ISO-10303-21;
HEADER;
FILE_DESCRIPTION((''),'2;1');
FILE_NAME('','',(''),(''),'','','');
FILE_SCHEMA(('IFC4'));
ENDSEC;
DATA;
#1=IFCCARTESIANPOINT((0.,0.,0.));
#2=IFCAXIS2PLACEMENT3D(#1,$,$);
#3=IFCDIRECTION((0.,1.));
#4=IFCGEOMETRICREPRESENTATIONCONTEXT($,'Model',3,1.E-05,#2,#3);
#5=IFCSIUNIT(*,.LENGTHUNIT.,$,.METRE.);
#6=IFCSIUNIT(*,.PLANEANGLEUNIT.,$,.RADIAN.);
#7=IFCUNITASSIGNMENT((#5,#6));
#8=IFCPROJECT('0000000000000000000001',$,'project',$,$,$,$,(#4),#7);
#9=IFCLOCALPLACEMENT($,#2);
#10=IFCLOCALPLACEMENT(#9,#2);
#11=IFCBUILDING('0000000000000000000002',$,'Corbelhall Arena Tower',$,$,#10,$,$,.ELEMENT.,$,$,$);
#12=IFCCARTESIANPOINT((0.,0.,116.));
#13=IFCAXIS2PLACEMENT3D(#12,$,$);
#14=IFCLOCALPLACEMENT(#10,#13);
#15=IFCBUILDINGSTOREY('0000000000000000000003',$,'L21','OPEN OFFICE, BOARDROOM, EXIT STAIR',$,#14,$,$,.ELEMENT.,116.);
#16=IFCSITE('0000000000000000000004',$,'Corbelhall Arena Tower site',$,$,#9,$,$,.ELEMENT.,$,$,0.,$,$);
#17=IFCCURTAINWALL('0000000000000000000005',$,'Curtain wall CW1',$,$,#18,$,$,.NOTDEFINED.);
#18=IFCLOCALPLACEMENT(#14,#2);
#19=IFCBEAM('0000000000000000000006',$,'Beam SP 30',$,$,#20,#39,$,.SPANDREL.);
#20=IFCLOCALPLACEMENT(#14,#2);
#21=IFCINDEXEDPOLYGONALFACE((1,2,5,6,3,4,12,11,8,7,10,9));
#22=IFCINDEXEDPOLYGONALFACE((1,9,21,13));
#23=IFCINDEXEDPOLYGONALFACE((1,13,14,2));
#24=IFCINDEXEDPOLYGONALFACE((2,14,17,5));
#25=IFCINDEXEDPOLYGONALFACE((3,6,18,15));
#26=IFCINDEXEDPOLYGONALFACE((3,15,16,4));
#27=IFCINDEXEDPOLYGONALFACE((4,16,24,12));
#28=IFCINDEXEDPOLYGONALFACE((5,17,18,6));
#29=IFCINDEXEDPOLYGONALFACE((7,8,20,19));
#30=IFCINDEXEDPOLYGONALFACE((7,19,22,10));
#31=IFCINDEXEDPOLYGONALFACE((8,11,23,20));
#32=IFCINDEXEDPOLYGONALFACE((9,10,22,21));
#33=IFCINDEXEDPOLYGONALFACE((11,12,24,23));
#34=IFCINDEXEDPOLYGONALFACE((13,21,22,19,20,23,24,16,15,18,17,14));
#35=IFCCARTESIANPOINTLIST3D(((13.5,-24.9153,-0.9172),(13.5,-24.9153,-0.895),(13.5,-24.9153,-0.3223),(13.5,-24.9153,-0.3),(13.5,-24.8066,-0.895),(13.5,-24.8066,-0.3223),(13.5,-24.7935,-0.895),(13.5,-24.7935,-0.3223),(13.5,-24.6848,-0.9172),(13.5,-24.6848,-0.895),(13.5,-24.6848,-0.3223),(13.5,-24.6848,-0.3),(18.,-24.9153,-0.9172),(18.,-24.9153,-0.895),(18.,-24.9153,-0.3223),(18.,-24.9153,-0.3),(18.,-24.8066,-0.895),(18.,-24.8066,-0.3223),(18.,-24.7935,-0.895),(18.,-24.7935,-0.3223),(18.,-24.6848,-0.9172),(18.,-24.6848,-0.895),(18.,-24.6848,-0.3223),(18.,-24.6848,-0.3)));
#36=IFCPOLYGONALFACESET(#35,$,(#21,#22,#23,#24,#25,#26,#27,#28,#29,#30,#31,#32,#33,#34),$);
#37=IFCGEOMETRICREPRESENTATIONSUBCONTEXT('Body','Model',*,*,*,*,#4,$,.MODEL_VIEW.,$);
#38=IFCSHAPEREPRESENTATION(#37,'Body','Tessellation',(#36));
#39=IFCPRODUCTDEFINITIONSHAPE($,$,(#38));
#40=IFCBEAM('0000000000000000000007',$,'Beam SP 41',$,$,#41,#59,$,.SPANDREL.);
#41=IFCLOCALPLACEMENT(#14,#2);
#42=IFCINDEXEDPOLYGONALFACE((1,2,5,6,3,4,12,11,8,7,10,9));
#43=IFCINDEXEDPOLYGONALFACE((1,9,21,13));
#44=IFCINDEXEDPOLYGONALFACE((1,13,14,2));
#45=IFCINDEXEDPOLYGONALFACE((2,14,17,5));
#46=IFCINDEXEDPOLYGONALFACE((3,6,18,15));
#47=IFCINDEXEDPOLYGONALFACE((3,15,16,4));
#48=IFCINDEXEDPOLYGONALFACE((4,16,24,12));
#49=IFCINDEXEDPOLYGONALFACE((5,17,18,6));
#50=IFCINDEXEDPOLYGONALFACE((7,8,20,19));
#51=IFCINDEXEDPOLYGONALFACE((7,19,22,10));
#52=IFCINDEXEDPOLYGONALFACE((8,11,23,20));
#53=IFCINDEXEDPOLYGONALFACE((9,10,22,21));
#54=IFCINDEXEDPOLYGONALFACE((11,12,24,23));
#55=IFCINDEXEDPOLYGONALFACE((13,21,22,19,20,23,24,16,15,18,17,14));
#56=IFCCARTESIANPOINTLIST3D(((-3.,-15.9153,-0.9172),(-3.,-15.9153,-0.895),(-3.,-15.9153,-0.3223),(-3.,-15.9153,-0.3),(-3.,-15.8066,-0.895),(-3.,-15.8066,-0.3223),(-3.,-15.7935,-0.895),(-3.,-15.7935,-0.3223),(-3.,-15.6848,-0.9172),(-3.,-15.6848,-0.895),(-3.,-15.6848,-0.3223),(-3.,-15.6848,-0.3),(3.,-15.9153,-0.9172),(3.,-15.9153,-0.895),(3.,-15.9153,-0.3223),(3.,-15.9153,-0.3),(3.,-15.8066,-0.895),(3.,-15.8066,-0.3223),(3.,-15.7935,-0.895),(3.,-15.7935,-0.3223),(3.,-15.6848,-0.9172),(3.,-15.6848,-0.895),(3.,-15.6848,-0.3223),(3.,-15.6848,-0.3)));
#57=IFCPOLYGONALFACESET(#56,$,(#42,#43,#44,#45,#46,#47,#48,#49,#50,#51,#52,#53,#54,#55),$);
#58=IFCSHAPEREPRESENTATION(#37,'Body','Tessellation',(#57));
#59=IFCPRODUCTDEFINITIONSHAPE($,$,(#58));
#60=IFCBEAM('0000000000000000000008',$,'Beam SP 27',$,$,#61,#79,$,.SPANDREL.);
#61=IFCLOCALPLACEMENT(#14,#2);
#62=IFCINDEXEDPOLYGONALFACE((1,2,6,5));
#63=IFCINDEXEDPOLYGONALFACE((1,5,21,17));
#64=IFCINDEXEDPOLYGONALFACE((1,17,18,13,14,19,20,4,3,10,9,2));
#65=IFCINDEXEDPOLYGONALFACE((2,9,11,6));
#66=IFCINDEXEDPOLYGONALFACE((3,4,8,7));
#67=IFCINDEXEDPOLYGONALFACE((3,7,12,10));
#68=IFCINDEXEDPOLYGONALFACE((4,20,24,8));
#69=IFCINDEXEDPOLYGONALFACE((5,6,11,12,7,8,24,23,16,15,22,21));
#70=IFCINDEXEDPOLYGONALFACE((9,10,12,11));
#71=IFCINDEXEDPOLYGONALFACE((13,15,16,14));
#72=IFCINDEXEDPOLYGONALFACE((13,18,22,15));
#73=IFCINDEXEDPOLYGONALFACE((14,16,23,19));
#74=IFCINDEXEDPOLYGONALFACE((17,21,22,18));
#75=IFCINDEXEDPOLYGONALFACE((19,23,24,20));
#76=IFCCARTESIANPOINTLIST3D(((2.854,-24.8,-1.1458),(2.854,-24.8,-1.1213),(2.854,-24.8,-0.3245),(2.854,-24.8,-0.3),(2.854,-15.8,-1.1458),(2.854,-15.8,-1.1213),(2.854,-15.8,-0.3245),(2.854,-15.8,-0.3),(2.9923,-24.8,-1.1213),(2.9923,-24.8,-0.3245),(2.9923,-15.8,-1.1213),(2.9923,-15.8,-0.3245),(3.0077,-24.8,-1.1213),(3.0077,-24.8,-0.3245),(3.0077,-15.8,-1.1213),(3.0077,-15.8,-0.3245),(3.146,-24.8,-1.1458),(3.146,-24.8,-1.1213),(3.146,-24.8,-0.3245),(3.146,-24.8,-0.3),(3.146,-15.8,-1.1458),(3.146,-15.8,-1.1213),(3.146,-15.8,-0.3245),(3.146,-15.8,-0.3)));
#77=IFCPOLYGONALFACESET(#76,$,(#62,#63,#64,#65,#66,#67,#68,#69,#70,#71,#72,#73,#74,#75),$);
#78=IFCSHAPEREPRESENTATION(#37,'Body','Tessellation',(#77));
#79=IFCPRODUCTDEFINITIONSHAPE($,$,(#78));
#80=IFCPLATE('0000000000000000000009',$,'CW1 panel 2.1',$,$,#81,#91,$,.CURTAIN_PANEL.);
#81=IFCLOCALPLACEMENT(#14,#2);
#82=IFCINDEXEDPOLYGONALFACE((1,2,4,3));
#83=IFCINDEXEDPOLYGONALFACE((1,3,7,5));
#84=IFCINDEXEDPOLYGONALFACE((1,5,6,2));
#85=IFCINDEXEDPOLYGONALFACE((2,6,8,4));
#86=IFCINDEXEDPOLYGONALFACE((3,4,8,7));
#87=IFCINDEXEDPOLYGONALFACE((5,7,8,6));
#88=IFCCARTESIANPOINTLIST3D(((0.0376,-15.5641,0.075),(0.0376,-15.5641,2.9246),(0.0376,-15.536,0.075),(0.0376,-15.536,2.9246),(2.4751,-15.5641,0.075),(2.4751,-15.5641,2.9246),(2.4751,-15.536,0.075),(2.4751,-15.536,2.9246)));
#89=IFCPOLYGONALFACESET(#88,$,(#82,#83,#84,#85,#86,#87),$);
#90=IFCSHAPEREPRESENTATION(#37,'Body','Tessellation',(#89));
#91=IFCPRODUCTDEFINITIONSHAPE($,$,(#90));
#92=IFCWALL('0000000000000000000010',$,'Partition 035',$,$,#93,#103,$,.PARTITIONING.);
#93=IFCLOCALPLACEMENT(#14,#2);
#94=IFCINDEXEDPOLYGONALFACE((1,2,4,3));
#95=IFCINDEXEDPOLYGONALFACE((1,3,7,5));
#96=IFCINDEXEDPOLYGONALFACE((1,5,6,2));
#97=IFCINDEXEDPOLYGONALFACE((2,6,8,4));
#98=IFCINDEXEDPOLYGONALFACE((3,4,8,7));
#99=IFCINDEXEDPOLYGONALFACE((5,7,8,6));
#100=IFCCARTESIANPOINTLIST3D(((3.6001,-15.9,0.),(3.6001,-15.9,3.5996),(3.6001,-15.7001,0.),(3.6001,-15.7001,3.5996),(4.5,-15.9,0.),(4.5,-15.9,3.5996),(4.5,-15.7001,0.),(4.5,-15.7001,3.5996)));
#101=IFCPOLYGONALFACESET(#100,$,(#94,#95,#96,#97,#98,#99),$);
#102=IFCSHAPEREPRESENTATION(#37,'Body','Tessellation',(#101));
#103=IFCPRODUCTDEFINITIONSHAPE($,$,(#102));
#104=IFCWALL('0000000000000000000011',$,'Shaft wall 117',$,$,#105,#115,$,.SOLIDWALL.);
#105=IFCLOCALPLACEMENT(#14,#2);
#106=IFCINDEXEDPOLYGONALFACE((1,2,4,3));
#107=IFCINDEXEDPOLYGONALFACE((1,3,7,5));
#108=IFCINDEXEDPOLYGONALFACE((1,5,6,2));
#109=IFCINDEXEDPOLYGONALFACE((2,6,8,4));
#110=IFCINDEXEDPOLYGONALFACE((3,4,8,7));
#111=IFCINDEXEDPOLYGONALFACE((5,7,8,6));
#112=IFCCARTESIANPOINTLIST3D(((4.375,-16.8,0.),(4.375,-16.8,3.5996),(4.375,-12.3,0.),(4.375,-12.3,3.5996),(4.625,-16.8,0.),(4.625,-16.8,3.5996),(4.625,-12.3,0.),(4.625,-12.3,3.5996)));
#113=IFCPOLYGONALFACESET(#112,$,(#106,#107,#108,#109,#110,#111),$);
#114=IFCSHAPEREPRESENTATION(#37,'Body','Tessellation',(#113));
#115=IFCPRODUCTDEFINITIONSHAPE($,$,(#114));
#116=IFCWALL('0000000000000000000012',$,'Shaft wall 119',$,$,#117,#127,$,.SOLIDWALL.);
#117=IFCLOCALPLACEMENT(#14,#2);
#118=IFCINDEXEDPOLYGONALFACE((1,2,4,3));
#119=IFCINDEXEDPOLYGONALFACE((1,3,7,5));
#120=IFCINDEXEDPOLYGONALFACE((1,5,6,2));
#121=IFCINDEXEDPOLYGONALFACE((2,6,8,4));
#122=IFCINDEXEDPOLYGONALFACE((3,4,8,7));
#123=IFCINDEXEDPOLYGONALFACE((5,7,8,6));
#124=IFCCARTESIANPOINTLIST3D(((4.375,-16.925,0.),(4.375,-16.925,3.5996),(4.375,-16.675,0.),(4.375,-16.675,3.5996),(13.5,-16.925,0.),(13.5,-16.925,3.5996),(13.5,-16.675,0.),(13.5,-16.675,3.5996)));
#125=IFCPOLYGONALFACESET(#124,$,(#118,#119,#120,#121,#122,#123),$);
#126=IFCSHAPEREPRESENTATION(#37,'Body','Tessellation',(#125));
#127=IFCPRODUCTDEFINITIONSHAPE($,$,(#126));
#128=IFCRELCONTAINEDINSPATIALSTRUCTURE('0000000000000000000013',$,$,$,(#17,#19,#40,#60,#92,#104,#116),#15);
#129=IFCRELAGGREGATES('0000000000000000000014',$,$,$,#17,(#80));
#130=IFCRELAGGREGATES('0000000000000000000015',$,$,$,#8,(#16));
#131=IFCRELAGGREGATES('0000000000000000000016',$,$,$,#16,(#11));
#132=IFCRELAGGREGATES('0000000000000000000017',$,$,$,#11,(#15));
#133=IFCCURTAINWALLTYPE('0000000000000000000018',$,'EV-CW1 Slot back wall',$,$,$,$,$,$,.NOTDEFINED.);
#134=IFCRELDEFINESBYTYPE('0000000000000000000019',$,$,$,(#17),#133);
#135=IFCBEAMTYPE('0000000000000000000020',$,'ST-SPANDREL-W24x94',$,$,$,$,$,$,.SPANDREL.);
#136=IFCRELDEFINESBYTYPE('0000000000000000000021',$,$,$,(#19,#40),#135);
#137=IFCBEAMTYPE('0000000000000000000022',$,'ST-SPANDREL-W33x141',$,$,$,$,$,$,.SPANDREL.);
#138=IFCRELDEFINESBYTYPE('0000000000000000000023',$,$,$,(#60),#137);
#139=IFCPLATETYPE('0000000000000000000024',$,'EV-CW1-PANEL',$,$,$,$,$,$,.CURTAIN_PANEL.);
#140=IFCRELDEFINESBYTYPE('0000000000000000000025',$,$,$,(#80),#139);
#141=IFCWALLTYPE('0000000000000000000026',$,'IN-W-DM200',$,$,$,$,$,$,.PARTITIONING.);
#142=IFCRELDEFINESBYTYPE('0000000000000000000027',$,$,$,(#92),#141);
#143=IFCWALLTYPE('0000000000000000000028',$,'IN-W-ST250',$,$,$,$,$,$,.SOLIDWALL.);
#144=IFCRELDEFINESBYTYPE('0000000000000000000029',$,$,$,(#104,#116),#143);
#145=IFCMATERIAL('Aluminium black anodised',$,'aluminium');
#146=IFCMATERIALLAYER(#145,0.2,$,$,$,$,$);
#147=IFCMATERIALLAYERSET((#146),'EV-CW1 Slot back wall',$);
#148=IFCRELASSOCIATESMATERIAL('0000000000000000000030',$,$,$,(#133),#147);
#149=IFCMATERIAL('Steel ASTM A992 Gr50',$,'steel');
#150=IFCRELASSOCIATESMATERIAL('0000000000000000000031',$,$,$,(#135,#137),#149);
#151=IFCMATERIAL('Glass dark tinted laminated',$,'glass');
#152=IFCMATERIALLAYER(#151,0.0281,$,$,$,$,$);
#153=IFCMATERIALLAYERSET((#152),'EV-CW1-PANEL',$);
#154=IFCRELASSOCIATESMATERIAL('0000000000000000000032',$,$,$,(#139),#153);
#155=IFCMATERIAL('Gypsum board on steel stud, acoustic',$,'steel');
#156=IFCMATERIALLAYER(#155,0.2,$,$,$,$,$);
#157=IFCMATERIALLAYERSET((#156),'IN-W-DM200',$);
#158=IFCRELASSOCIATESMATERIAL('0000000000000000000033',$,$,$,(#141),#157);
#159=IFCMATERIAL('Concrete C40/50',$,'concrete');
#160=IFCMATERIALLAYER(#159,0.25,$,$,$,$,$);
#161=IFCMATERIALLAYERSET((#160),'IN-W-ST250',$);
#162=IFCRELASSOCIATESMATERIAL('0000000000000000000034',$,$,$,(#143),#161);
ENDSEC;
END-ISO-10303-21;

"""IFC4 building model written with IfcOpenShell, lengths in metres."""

from ifc_helpers import new_model, si_unit, direction, frame, frame_2d, origin, origin_2d, place, context, subcontext, project, spatial, rectangle, i_section, extrude, material, layer, layer_set, material_profile, profile_set, type_object, element, aggregate, save


model = new_model("IFC4")

# Units and contexts
model_context = context("Model", 3, precision=1e-05, world=origin(), true_north=direction((0.0, 1.0)))
body_context = subcontext(model_context, "Body", "Model", "MODEL_VIEW")
ifc_project = project(units=[si_unit("LENGTHUNIT", "METRE"), si_unit("PLANEANGLEUNIT", "RADIAN")], contexts=[model_context])

# Site, building, storey
site_placement = place(None, origin())
site = spatial("IfcSite", under=ifc_project, at=site_placement, Name="Corbelhall Arena Tower site", CompositionType="ELEMENT", RefElevation=0.0)
building_placement = place(site_placement, origin())
building = spatial("IfcBuilding", under=site, at=building_placement, Name="Corbelhall Arena Tower", CompositionType="ELEMENT")
storey_placement = place(building_placement, frame((0.0, 0.0, 116.0)))
storey = spatial("IfcBuildingStorey", under=building, at=storey_placement, Name="L21", Description="OPEN OFFICE, BOARDROOM, EXIT STAIR", CompositionType="ELEMENT", Elevation=116.0)

# Curtain wall
ifc_material_1 = material(Name="Aluminium black anodised", Category="aluminium")
ifc_layer_1 = layer(ifc_material_1, 0.2)
ifc_layer_set_1 = layer_set([ifc_layer_1], Name="EV-CW1 Slot back wall")
curtain_wall_type = type_object("IfcCurtainWallType", Name="EV-CW1 Slot back wall", PredefinedType="NOTDEFINED", material=ifc_layer_set_1)
curtain_wall_placement = place(storey_placement, origin())
curtain_wall = element("IfcCurtainWall", 1, at=curtain_wall_placement, inside=storey, type_object=curtain_wall_type, Name="Curtain wall CW1", PredefinedType="NOTDEFINED")

# Beams
ifc_material_2 = material(Name="Steel ASTM A992 Gr50", Category="steel")
ifc_material_profile_1 = material_profile(ifc_material_2, i_section(OverallWidth=0.2305, OverallDepth=0.6172, WebThickness=0.0132, FlangeThickness=0.0222, at=origin_2d()))
ifc_profile_set_1 = profile_set([ifc_material_profile_1], Name="Steel ASTM A992 Gr50")
beam_type_1 = type_object("IfcBeamType", Name="ST-SPANDREL-W24x94", PredefinedType="SPANDREL", material=ifc_profile_set_1)
for number, where, z_axis, x_axis, name in (
    (2, (18.0, -24.8, -0.6086), (-1.0, 0.0, 0.0), (0.0, -1.0, 0.0), "Beam SP 30"),
):
    element("IfcBeam", number, at=place(storey_placement, frame(where, z_axis=z_axis, x_axis=x_axis)), inside=storey, type_object=beam_type_1, Name=name, PredefinedType="SPANDREL", context=body_context, shape_type="SweptSolid", body=[
        extrude(i_section(OverallWidth=0.2305, OverallDepth=0.6172, WebThickness=0.0132, FlangeThickness=0.0222, at=origin_2d()), origin(), (0.0, 0.0, 1.0), 4.5),
    ])
beam_1_placement = place(storey_placement, frame((3.0, -15.8, -0.6086), z_axis=(-1.0, 0.0, 0.0), x_axis=(0.0, -1.0, 0.0)))
element("IfcBeam", 3, at=beam_1_placement, inside=storey, type_object=beam_type_1, Name="Beam SP 41", PredefinedType="SPANDREL", context=body_context, shape_type="SweptSolid", body=[
    extrude(i_section(OverallWidth=0.2305, OverallDepth=0.6172, WebThickness=0.0132, FlangeThickness=0.0222, at=origin_2d()), origin(), (0.0, 0.0, 1.0), 6.0),
])
ifc_material_profile_2 = material_profile(ifc_material_2, i_section(OverallWidth=0.292, OverallDepth=0.8457, WebThickness=0.0154, FlangeThickness=0.0244, at=origin_2d()))
ifc_profile_set_2 = profile_set([ifc_material_profile_2], Name="Steel ASTM A992 Gr50")
beam_type_2 = type_object("IfcBeamType", Name="ST-SPANDREL-W33x141", PredefinedType="SPANDREL", material=ifc_profile_set_2)
beam_2_placement = place(storey_placement, frame((3.0, -24.8, -0.7229), z_axis=(0.0, 1.0, 0.0), x_axis=(-1.0, 0.0, 0.0)))
element("IfcBeam", 4, at=beam_2_placement, inside=storey, type_object=beam_type_2, Name="Beam SP 27", PredefinedType="SPANDREL", context=body_context, shape_type="SweptSolid", body=[
    extrude(i_section(OverallWidth=0.292, OverallDepth=0.8457, WebThickness=0.0154, FlangeThickness=0.0244, at=origin_2d()), origin(), (0.0, 0.0, 1.0), 9.0),
])

# Plate
ifc_material_3 = material(Name="Glass dark tinted laminated", Category="glass")
ifc_layer_2 = layer(ifc_material_3, 0.0281)
ifc_layer_set_2 = layer_set([ifc_layer_2], Name="EV-CW1-PANEL")
plate_type = type_object("IfcPlateType", Name="EV-CW1-PANEL", PredefinedType="CURTAIN_PANEL", material=ifc_layer_set_2)
plate_placement = place(storey_placement, frame((1.2563, -15.55, 0.075), z_axis=(0.0, 0.0, 1.0), x_axis=(1.0, 0.0, 0.0)))
plate = element("IfcPlate", 5, at=plate_placement, type_object=plate_type, Name="CW1 panel 2.1", PredefinedType="CURTAIN_PANEL", context=body_context, shape_type="SweptSolid", body=[
    extrude(rectangle(XDim=2.4375, YDim=0.0281, at=origin_2d()), origin(), (0.0, 0.0, 1.0), 2.8496),
])
aggregate(curtain_wall, [plate])

# Wall
ifc_material_4 = material(Name="Gypsum board on steel stud, acoustic", Category="steel")
ifc_layer_3 = layer(ifc_material_4, 0.2)
ifc_layer_set_3 = layer_set([ifc_layer_3], Name="IN-W-DM200")
wall_type_1 = type_object("IfcWallType", Name="IN-W-DM200", PredefinedType="PARTITIONING", material=ifc_layer_set_3)
wall_1_placement = place(storey_placement, frame((4.5, -15.8, 0.0), z_axis=(0.0, 0.0, 1.0), x_axis=(-1.0, 0.0, 0.0)))
element("IfcWall", 6, at=wall_1_placement, inside=storey, type_object=wall_type_1, Name="Partition 035", PredefinedType="PARTITIONING", context=body_context, shape_type="SweptSolid", body=[
    extrude(rectangle(XDim=0.8999, YDim=0.2, at=frame_2d((0.45, 0.0))), origin(), (0.0, 0.0, 1.0), 3.5996),
])

# Walls
ifc_material_5 = material(Name="Concrete C40/50", Category="concrete")
ifc_layer_4 = layer(ifc_material_5, 0.25)
ifc_layer_set_4 = layer_set([ifc_layer_4], Name="IN-W-ST250")
wall_type_2 = type_object("IfcWallType", Name="IN-W-ST250", PredefinedType="SOLIDWALL", material=ifc_layer_set_4)
wall_2_placement = place(storey_placement, frame((4.5, -16.8, 0.0), z_axis=(0.0, 0.0, 1.0), x_axis=(0.0, 1.0, 0.0)))
element("IfcWall", 7, at=wall_2_placement, inside=storey, type_object=wall_type_2, Name="Shaft wall 117", PredefinedType="SOLIDWALL", context=body_context, shape_type="SweptSolid", body=[
    extrude(rectangle(XDim=4.5, YDim=0.25, at=frame_2d((2.25, 0.0))), origin(), (0.0, 0.0, 1.0), 3.5996),
])
wall_3_placement = place(storey_placement, frame((13.5, -16.8, 0.0), z_axis=(0.0, 0.0, 1.0), x_axis=(-1.0, 0.0, 0.0)))
element("IfcWall", 8, at=wall_3_placement, inside=storey, type_object=wall_type_2, Name="Shaft wall 119", PredefinedType="SOLIDWALL", context=body_context, shape_type="SweptSolid", body=[
    extrude(rectangle(XDim=9.125, YDim=0.25, at=frame_2d((4.5625, 0.0))), origin(), (0.0, 0.0, 1.0), 3.5996),
])

save(model, "model.ifc")
